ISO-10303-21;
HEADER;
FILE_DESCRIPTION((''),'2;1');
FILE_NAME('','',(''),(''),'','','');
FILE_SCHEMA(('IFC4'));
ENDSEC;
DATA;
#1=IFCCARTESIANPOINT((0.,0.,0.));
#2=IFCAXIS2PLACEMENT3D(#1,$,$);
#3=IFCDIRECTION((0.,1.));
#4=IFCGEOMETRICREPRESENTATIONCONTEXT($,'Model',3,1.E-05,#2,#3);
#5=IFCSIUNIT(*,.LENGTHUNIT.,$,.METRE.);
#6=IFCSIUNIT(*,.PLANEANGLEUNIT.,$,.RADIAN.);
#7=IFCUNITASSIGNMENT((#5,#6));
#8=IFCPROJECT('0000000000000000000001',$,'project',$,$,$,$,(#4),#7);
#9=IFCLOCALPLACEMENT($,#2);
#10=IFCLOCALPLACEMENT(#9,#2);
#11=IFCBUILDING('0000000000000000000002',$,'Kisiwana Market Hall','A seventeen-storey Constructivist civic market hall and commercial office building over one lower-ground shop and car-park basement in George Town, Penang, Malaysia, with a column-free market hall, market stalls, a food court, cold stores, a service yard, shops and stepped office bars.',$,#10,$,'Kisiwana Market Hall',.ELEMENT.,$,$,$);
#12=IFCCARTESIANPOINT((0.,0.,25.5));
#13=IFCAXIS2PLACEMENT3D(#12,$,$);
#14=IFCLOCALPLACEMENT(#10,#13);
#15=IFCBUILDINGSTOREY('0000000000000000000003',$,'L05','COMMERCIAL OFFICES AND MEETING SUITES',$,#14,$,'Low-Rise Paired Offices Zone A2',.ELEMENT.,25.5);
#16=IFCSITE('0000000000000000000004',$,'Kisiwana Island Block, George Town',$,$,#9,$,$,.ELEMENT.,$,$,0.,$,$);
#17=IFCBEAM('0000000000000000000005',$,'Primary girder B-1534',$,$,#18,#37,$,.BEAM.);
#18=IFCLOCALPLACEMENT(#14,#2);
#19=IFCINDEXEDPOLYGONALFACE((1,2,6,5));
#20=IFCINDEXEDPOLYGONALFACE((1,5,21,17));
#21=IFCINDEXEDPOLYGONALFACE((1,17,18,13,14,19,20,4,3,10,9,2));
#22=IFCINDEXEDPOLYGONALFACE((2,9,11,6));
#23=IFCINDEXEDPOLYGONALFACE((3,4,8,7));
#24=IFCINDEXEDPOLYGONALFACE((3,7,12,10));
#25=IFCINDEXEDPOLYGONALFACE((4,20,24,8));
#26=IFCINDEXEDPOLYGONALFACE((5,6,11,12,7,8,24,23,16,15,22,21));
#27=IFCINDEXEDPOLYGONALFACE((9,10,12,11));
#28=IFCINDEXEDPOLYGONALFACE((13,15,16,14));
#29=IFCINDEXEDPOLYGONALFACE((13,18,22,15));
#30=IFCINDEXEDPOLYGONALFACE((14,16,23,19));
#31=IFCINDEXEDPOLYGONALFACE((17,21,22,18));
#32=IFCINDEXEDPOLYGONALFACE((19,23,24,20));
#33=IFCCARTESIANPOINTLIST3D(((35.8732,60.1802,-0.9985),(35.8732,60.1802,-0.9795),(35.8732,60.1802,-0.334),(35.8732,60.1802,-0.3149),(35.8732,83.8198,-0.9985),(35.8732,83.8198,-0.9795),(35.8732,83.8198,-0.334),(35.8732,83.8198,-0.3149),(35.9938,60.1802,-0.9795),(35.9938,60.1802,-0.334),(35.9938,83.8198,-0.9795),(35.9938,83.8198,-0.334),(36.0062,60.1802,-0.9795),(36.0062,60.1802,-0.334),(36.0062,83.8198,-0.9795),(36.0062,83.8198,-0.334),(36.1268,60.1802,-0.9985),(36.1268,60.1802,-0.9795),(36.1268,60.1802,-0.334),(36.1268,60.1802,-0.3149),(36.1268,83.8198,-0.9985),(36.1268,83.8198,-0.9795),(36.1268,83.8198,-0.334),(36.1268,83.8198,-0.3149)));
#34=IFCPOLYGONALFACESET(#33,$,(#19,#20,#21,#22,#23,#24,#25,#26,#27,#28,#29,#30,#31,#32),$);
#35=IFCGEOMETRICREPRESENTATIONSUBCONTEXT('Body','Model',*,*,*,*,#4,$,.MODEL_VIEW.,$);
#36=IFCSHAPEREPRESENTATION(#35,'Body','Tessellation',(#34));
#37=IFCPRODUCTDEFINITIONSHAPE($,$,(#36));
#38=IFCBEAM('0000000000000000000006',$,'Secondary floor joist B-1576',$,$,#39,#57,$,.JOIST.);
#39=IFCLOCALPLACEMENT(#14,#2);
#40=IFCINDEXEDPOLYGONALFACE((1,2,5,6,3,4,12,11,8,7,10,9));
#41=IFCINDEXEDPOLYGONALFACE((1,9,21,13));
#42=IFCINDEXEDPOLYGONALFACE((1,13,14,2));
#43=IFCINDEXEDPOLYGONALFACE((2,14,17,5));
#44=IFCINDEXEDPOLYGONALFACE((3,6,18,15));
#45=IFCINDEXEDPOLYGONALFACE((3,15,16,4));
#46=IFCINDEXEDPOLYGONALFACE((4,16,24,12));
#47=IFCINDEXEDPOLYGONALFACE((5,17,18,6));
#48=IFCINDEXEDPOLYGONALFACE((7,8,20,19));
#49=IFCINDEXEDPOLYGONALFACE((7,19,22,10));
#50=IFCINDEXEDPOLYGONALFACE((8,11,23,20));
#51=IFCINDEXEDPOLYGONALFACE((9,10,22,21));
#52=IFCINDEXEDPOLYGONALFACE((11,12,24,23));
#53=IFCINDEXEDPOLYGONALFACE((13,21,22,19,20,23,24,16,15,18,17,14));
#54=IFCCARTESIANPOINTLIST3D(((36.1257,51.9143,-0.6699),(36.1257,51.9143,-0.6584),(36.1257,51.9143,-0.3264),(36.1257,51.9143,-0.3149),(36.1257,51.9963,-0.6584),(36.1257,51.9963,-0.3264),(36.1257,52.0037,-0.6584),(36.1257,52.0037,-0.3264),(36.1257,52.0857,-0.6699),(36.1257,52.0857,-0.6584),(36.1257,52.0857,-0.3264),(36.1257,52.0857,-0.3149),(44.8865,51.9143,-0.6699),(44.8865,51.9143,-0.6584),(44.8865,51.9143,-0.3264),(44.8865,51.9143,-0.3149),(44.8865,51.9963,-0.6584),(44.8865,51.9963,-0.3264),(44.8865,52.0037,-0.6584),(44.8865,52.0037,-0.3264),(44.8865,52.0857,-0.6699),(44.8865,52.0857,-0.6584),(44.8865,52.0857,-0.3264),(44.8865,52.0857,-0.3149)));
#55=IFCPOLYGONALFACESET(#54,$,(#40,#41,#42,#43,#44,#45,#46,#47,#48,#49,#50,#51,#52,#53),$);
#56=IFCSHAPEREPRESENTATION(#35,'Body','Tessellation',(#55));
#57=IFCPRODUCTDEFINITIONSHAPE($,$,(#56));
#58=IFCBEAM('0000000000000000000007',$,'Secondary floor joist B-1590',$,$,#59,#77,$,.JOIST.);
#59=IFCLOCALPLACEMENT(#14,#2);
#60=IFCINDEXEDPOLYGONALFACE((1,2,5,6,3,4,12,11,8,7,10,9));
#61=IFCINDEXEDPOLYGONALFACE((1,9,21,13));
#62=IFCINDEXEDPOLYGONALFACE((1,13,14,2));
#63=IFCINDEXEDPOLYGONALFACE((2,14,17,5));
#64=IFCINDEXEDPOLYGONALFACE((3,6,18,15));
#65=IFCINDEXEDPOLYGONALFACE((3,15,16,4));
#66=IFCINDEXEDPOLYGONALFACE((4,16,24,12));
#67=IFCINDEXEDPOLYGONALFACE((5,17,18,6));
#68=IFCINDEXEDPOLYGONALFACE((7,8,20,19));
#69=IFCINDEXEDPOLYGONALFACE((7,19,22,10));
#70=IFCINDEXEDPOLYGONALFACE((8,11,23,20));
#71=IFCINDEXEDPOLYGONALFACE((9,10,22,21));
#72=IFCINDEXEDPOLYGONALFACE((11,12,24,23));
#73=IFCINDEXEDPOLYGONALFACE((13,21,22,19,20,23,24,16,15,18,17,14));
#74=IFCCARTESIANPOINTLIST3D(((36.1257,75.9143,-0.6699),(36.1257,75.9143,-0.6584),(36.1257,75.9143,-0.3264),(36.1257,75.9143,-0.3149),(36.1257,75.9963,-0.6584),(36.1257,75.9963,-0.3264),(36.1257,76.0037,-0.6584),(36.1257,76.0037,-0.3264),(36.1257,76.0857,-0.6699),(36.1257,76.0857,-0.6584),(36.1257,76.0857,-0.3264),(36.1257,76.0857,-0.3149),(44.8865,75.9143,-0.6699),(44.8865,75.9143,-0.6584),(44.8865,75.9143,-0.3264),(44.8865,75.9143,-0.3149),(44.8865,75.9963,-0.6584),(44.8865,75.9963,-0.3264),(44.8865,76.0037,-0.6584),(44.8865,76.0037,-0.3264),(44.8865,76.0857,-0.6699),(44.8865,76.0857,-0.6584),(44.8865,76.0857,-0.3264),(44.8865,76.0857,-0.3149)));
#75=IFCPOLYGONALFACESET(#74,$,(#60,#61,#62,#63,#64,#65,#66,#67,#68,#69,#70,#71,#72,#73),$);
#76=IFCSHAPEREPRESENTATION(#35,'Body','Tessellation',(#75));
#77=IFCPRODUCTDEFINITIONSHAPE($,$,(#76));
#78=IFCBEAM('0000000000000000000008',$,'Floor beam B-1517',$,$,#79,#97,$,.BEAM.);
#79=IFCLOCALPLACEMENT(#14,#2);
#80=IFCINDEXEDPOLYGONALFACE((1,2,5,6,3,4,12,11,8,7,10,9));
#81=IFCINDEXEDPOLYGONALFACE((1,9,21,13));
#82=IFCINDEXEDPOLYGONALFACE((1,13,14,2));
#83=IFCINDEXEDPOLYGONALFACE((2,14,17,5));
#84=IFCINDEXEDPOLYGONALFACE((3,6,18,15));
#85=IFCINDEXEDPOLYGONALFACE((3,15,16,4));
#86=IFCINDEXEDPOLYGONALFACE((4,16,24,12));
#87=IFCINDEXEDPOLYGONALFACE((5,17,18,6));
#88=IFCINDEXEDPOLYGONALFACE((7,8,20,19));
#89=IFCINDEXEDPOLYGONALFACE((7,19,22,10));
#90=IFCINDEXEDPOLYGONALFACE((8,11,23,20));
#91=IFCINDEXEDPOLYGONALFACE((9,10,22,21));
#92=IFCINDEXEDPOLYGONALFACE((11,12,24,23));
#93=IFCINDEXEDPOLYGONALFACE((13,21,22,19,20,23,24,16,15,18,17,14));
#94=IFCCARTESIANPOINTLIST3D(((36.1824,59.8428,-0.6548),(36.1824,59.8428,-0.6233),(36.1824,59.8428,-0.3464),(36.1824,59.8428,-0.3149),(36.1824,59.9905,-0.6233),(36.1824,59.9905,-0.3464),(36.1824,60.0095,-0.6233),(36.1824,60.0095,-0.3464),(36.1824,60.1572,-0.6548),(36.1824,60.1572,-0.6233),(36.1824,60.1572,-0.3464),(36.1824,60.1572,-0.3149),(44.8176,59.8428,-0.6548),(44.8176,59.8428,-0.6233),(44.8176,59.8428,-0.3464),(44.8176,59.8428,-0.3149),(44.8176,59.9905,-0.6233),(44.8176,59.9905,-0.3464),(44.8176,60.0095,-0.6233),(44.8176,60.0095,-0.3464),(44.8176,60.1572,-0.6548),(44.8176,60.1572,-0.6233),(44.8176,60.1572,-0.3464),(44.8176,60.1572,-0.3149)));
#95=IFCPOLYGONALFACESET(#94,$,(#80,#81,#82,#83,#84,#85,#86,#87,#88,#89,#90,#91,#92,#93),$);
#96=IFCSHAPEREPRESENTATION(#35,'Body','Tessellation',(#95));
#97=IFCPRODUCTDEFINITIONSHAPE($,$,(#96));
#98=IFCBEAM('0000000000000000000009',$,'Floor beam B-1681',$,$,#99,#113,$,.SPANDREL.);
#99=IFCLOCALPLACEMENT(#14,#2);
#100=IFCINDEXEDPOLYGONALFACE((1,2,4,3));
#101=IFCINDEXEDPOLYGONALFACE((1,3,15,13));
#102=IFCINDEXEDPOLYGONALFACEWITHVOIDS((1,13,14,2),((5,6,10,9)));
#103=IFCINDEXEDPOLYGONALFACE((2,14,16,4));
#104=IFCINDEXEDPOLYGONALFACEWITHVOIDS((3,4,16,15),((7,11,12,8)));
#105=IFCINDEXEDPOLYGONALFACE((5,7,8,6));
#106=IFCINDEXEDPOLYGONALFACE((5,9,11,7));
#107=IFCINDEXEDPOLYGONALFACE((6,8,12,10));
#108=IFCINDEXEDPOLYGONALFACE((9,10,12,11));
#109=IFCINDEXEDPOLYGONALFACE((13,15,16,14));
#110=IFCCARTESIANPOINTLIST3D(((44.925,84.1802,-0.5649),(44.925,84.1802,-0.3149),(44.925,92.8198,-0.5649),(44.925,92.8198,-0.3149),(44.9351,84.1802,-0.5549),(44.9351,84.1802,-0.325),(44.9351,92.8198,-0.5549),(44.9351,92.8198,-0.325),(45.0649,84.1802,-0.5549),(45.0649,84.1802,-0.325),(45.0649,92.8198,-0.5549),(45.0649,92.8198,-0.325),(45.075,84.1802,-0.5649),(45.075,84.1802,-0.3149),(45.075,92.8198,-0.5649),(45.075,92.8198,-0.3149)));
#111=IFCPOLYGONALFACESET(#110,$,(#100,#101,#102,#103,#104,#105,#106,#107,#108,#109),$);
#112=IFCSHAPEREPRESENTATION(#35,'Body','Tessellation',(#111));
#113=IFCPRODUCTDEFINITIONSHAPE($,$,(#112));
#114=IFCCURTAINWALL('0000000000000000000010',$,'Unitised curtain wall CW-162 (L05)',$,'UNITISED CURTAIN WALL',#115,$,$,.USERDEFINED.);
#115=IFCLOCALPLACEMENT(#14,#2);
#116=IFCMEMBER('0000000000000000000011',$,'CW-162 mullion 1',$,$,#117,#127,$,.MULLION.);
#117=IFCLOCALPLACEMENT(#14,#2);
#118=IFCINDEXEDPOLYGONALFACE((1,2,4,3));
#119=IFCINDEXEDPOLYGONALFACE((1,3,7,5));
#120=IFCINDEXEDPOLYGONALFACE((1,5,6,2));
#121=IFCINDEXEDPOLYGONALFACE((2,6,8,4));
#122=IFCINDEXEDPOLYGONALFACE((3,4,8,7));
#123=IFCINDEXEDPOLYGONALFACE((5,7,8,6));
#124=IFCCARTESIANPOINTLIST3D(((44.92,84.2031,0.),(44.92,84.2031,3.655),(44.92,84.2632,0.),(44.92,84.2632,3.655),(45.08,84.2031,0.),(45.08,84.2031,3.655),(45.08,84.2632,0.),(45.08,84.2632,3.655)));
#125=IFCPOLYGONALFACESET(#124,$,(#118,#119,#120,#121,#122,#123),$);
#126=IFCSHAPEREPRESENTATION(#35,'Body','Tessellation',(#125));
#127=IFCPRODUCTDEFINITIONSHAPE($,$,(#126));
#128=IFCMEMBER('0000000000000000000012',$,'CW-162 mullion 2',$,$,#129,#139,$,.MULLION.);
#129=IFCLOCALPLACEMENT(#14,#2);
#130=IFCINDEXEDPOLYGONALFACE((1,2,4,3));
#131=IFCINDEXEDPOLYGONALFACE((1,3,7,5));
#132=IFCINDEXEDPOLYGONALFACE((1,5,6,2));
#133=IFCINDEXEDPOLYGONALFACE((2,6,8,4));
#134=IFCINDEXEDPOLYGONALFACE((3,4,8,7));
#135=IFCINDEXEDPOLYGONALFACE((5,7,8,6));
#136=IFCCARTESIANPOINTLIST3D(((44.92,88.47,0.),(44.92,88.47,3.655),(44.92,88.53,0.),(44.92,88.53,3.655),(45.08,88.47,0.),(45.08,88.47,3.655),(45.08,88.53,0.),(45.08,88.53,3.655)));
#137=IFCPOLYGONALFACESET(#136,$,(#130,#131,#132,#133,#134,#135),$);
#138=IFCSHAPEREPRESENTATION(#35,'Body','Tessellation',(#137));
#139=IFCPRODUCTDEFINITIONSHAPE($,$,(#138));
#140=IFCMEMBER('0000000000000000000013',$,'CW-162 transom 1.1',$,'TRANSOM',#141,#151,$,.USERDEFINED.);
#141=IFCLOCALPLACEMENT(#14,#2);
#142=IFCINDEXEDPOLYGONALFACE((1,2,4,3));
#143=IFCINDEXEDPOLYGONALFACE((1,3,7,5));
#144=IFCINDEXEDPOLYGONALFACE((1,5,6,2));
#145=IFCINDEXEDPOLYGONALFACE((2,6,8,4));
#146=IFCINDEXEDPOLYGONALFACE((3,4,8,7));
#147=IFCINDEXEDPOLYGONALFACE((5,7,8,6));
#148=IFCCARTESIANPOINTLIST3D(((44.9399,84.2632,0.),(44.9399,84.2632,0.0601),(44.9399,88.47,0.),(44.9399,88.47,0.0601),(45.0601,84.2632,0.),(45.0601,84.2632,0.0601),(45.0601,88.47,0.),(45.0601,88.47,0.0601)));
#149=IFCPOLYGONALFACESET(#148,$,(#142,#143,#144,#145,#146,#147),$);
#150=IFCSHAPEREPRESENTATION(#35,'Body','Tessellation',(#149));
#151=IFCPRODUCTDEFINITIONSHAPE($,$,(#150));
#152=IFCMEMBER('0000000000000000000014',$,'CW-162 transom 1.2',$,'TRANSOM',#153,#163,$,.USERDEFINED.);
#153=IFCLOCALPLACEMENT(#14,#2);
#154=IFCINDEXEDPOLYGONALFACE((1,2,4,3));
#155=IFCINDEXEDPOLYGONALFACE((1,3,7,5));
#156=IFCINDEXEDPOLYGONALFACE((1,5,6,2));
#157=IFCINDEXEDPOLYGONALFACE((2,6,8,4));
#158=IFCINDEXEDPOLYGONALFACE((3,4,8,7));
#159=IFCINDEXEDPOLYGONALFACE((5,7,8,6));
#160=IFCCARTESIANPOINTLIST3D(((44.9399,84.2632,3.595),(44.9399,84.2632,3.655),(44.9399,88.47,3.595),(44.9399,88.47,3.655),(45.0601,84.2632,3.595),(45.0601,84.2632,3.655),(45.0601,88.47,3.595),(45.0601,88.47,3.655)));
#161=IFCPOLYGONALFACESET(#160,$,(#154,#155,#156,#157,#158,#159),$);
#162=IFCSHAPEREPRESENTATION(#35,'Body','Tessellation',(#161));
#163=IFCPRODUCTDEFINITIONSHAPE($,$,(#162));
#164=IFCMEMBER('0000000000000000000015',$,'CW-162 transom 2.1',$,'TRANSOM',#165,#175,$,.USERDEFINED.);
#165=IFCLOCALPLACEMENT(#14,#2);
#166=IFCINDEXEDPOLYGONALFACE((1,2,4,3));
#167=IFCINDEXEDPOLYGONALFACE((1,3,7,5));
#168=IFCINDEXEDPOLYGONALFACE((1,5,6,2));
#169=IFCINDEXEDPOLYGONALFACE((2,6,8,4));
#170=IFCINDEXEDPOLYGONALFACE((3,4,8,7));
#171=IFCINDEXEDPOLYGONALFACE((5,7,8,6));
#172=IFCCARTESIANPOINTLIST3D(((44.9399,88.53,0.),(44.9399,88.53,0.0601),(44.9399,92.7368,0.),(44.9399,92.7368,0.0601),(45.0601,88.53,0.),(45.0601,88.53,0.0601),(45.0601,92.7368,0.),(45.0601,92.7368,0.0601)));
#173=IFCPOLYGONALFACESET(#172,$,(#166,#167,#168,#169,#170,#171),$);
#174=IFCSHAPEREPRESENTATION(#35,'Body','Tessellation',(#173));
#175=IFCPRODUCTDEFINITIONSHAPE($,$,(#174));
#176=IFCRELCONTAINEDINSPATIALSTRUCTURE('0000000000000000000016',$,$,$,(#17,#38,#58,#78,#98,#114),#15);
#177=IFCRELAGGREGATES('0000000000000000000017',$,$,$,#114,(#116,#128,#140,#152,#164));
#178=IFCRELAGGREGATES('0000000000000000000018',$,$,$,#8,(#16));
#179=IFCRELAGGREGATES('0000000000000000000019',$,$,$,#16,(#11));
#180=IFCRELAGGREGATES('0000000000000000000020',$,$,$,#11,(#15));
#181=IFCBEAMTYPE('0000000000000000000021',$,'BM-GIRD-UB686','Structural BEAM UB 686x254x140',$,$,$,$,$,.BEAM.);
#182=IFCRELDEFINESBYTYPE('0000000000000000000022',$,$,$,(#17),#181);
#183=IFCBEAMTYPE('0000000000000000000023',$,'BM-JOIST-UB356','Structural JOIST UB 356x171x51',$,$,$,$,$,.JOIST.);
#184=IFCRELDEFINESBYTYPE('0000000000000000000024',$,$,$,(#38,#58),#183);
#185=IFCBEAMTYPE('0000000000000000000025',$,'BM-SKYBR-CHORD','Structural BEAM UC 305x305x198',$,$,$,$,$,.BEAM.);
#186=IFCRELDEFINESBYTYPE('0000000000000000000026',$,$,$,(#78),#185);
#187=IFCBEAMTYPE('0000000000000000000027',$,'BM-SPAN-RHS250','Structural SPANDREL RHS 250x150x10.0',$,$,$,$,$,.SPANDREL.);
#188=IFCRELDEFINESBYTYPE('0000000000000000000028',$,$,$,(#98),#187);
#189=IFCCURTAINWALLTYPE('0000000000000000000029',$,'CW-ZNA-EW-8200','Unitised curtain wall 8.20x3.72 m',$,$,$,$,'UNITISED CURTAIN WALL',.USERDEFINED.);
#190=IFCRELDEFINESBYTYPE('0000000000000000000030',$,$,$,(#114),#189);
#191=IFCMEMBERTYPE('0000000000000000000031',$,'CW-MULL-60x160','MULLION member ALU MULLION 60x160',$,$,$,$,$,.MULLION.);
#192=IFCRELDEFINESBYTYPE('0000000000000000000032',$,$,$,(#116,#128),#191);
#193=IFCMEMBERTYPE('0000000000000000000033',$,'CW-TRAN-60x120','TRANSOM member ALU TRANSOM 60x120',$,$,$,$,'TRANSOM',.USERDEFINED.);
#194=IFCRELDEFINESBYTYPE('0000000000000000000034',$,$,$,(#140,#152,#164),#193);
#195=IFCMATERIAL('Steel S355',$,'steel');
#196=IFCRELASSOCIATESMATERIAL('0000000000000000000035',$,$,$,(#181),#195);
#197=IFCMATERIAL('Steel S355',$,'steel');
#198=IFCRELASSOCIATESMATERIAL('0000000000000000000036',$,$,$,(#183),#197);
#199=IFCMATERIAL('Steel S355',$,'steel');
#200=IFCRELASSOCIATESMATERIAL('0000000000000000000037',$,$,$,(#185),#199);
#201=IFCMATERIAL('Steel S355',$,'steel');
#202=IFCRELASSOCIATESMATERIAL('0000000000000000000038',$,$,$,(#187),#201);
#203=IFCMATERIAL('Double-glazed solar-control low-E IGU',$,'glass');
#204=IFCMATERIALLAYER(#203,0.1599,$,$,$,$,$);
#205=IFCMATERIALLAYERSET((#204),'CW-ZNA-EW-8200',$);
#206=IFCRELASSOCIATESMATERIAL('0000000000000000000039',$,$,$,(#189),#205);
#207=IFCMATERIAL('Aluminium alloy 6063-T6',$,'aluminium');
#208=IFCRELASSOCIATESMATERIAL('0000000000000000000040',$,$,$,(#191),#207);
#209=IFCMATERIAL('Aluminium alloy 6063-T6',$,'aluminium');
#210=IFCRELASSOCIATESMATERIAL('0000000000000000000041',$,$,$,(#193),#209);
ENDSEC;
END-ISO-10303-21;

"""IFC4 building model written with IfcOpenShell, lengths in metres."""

from ifc_helpers import new_model, si_unit, direction, frame, origin, origin_2d, place, context, subcontext, project, spatial, rectangle, hollow_rectangle, i_section, extrude, material, layer, layer_set, material_profile, profile_set, type_object, element, aggregate, save


model = new_model("IFC4")

# Units and contexts
model_context = context("Model", 3, precision=1e-05, world=origin(), true_north=direction((0.0, 1.0)))
body_context = subcontext(model_context, "Body", "Model", "MODEL_VIEW")
ifc_project = project(units=[si_unit("LENGTHUNIT", "METRE"), si_unit("PLANEANGLEUNIT", "RADIAN")], contexts=[model_context])

# Site, building, storey
site_placement = place(None, origin())
site = spatial("IfcSite", under=ifc_project, at=site_placement, Name="Kisiwana Island Block, George Town", CompositionType="ELEMENT", RefElevation=0.0)
building_placement = place(site_placement, origin())
building = spatial("IfcBuilding", under=site, at=building_placement, Name="Kisiwana Market Hall", Description="A seventeen-storey Constructivist civic market hall and commercial office building over one lower-ground shop and car-park basement in George Town, Penang, Malaysia, with a column-free market hall, market stalls, a food court, cold stores, a service yard, shops and stepped office bars.", LongName="Kisiwana Market Hall", CompositionType="ELEMENT")
storey_placement = place(building_placement, frame((0.0, 0.0, 25.5)))
storey = spatial("IfcBuildingStorey", under=building, at=storey_placement, Name="L05", Description="COMMERCIAL OFFICES AND MEETING SUITES", LongName="Low-Rise Paired Offices Zone A2", CompositionType="ELEMENT", Elevation=25.5)

# Beams
ifc_material_1 = material(Name="Steel S355", Category="steel")
ifc_material_profile_1 = material_profile(ifc_material_1, i_section(OverallWidth=0.2537, OverallDepth=0.6836, WebThickness=0.0125, FlangeThickness=0.019, at=origin_2d()), Name="UB 686x254x140")
ifc_profile_set_1 = profile_set([ifc_material_profile_1], Name="Steel S355")
beam_type_1 = type_object("IfcBeamType", Name="BM-GIRD-UB686", Description="Structural BEAM UB 686x254x140", PredefinedType="BEAM", material=ifc_profile_set_1)
beam_1_placement = place(storey_placement, frame((36.0, 60.1802, -0.6567), z_axis=(0.0, 1.0, 0.0), x_axis=(-1.0, 0.0, 0.0)))
element("IfcBeam", 1, at=beam_1_placement, inside=storey, type_object=beam_type_1, Name="Primary girder B-1534", PredefinedType="BEAM", context=body_context, shape_type="SweptSolid", body=[
    extrude(i_section(OverallWidth=0.2537, OverallDepth=0.6836, WebThickness=0.0125, FlangeThickness=0.019, at=origin_2d()), origin(), (0.0, 0.0, 1.0), 23.6396),
])
ifc_material_2 = material(Name="Steel S355", Category="steel")
ifc_material_profile_2 = material_profile(ifc_material_2, i_section(OverallWidth=0.1714, OverallDepth=0.355, WebThickness=0.0073, FlangeThickness=0.0115, at=origin_2d()), Name="UB 356x171x51")
ifc_profile_set_2 = profile_set([ifc_material_profile_2], Name="Steel S355")
beam_type_2 = type_object("IfcBeamType", Name="BM-JOIST-UB356", Description="Structural JOIST UB 356x171x51", PredefinedType="JOIST", material=ifc_profile_set_2)
for number, where, z_axis, x_axis, name in (
    (2, (36.1257, 52.0, -0.4924), (1.0, 0.0, 0.0), (0.0, 1.0, 0.0), "Secondary floor joist B-1576"),
    (3, (36.1257, 76.0, -0.4924), (1.0, 0.0, 0.0), (0.0, 1.0, 0.0), "Secondary floor joist B-1590"),
):
    element("IfcBeam", number, at=place(storey_placement, frame(where, z_axis=z_axis, x_axis=x_axis)), inside=storey, type_object=beam_type_2, Name=name, PredefinedType="JOIST", context=body_context, shape_type="SweptSolid", body=[
        extrude(i_section(OverallWidth=0.1714, OverallDepth=0.355, WebThickness=0.0073, FlangeThickness=0.0115, at=origin_2d()), origin(), (0.0, 0.0, 1.0), 8.7607),
    ])
ifc_material_3 = material(Name="Steel S355", Category="steel")
ifc_material_profile_3 = material_profile(ifc_material_3, i_section(OverallWidth=0.3145, OverallDepth=0.3398, WebThickness=0.019, FlangeThickness=0.0315, at=origin_2d()), Name="UC 305x305x198")
ifc_profile_set_3 = profile_set([ifc_material_profile_3], Name="Steel S355")
beam_type_3 = type_object("IfcBeamType", Name="BM-SKYBR-CHORD", Description="Structural BEAM UC 305x305x198", PredefinedType="BEAM", material=ifc_profile_set_3)
beam_2_placement = place(storey_placement, frame((36.1824, 60.0, -0.4849), z_axis=(1.0, 0.0, 0.0), x_axis=(0.0, 1.0, 0.0)))
element("IfcBeam", 4, at=beam_2_placement, inside=storey, type_object=beam_type_3, Name="Floor beam B-1517", PredefinedType="BEAM", context=body_context, shape_type="SweptSolid", body=[
    extrude(i_section(OverallWidth=0.3145, OverallDepth=0.3398, WebThickness=0.019, FlangeThickness=0.0315, at=origin_2d()), origin(), (0.0, 0.0, 1.0), 8.6353),
])
ifc_material_4 = material(Name="Steel S355", Category="steel")
ifc_material_profile_4 = material_profile(ifc_material_4, hollow_rectangle(XDim=0.1499, YDim=0.25, WallThickness=0.01, at=origin_2d()), Name="RHS 250x150x10.0")
ifc_profile_set_4 = profile_set([ifc_material_profile_4], Name="Steel S355")
beam_type_4 = type_object("IfcBeamType", Name="BM-SPAN-RHS250", Description="Structural SPANDREL RHS 250x150x10.0", PredefinedType="SPANDREL", material=ifc_profile_set_4)
beam_3_placement = place(storey_placement, frame((45.0, 84.1802, -0.4399), z_axis=(0.0, 1.0, 0.0), x_axis=(-1.0, 0.0, 0.0)))
element("IfcBeam", 5, at=beam_3_placement, inside=storey, type_object=beam_type_4, Name="Floor beam B-1681", PredefinedType="SPANDREL", context=body_context, shape_type="SweptSolid", body=[
    extrude(hollow_rectangle(XDim=0.1499, YDim=0.25, WallThickness=0.01, at=origin_2d()), origin(), (0.0, 0.0, 1.0), 8.6396),
])

# Curtain wall, members
ifc_material_5 = material(Name="Double-glazed solar-control low-E IGU", Category="glass")
ifc_layer_1 = layer(ifc_material_5, 0.1599)
ifc_layer_set_1 = layer_set([ifc_layer_1], Name="CW-ZNA-EW-8200")
curtain_wall_type = type_object("IfcCurtainWallType", Name="CW-ZNA-EW-8200", Description="Unitised curtain wall 8.20x3.72 m", ElementType="UNITISED CURTAIN WALL", PredefinedType="USERDEFINED", material=ifc_layer_set_1)
curtain_wall_placement = place(storey_placement, origin())
curtain_wall = element("IfcCurtainWall", 6, at=curtain_wall_placement, inside=storey, type_object=curtain_wall_type, Name="Unitised curtain wall CW-162 (L05)", ObjectType="UNITISED CURTAIN WALL", PredefinedType="USERDEFINED")
ifc_material_6 = material(Name="Aluminium alloy 6063-T6", Category="aluminium")
ifc_material_profile_5 = material_profile(ifc_material_6, rectangle(XDim=0.0601, YDim=0.1599, at=origin_2d()), Name="ALU MULLION 60x160")
ifc_profile_set_5 = profile_set([ifc_material_profile_5], Name="Aluminium alloy 6063-T6")
member_type_1 = type_object("IfcMemberType", Name="CW-MULL-60x160", Description="MULLION member ALU MULLION 60x160", PredefinedType="MULLION", material=ifc_profile_set_5)
member_1_placement = place(storey_placement, frame((45.0, 84.2332, 0.0), z_axis=(0.0, 0.0, 1.0), x_axis=(0.0, 1.0, 0.0)))
member_1 = element("IfcMember", 7, at=member_1_placement, type_object=member_type_1, Name="CW-162 mullion 1", PredefinedType="MULLION", context=body_context, shape_type="SweptSolid", body=[
    extrude(rectangle(XDim=0.0601, YDim=0.1599, at=origin_2d()), origin(), (0.0, 0.0, 1.0), 3.655),
])
member_2_placement = place(storey_placement, frame((45.0, 88.5, 0.0), z_axis=(0.0, 0.0, 1.0), x_axis=(0.0, 1.0, 0.0)))
member_2 = element("IfcMember", 8, at=member_2_placement, type_object=member_type_1, Name="CW-162 mullion 2", PredefinedType="MULLION", context=body_context, shape_type="SweptSolid", body=[
    extrude(rectangle(XDim=0.0601, YDim=0.1599, at=origin_2d()), origin(), (0.0, 0.0, 1.0), 3.655),
])
ifc_material_7 = material(Name="Aluminium alloy 6063-T6", Category="aluminium")
ifc_material_profile_6 = material_profile(ifc_material_7, rectangle(XDim=0.1201, YDim=0.0601, at=origin_2d()), Name="ALU TRANSOM 60x120")
ifc_profile_set_6 = profile_set([ifc_material_profile_6], Name="Aluminium alloy 6063-T6")
member_type_2 = type_object("IfcMemberType", Name="CW-TRAN-60x120", Description="TRANSOM member ALU TRANSOM 60x120", ElementType="TRANSOM", PredefinedType="USERDEFINED", material=ifc_profile_set_6)
member_3_placement = place(storey_placement, frame((45.0, 84.2632, 0.03), z_axis=(0.0, 1.0, 0.0), x_axis=(-1.0, 0.0, 0.0)))
member_3 = element("IfcMember", 9, at=member_3_placement, type_object=member_type_2, Name="CW-162 transom 1.1", ObjectType="TRANSOM", PredefinedType="USERDEFINED", context=body_context, shape_type="SweptSolid", body=[
    extrude(rectangle(XDim=0.1201, YDim=0.0601, at=origin_2d()), origin(), (0.0, 0.0, 1.0), 4.2068),
])
member_4_placement = place(storey_placement, frame((45.0, 84.2632, 3.625), z_axis=(0.0, 1.0, 0.0), x_axis=(-1.0, 0.0, 0.0)))
member_4 = element("IfcMember", 10, at=member_4_placement, type_object=member_type_2, Name="CW-162 transom 1.2", ObjectType="TRANSOM", PredefinedType="USERDEFINED", context=body_context, shape_type="SweptSolid", body=[
    extrude(rectangle(XDim=0.1201, YDim=0.0601, at=origin_2d()), origin(), (0.0, 0.0, 1.0), 4.2068),
])
member_5_placement = place(storey_placement, frame((45.0, 88.53, 0.03), z_axis=(0.0, 1.0, 0.0), x_axis=(-1.0, 0.0, 0.0)))
member_5 = element("IfcMember", 11, at=member_5_placement, type_object=member_type_2, Name="CW-162 transom 2.1", ObjectType="TRANSOM", PredefinedType="USERDEFINED", context=body_context, shape_type="SweptSolid", body=[
    extrude(rectangle(XDim=0.1201, YDim=0.0601, at=origin_2d()), origin(), (0.0, 0.0, 1.0), 4.2068),
])
aggregate(curtain_wall, [member_1, member_2, member_3, member_4, member_5])

save(model, "model.ifc")
